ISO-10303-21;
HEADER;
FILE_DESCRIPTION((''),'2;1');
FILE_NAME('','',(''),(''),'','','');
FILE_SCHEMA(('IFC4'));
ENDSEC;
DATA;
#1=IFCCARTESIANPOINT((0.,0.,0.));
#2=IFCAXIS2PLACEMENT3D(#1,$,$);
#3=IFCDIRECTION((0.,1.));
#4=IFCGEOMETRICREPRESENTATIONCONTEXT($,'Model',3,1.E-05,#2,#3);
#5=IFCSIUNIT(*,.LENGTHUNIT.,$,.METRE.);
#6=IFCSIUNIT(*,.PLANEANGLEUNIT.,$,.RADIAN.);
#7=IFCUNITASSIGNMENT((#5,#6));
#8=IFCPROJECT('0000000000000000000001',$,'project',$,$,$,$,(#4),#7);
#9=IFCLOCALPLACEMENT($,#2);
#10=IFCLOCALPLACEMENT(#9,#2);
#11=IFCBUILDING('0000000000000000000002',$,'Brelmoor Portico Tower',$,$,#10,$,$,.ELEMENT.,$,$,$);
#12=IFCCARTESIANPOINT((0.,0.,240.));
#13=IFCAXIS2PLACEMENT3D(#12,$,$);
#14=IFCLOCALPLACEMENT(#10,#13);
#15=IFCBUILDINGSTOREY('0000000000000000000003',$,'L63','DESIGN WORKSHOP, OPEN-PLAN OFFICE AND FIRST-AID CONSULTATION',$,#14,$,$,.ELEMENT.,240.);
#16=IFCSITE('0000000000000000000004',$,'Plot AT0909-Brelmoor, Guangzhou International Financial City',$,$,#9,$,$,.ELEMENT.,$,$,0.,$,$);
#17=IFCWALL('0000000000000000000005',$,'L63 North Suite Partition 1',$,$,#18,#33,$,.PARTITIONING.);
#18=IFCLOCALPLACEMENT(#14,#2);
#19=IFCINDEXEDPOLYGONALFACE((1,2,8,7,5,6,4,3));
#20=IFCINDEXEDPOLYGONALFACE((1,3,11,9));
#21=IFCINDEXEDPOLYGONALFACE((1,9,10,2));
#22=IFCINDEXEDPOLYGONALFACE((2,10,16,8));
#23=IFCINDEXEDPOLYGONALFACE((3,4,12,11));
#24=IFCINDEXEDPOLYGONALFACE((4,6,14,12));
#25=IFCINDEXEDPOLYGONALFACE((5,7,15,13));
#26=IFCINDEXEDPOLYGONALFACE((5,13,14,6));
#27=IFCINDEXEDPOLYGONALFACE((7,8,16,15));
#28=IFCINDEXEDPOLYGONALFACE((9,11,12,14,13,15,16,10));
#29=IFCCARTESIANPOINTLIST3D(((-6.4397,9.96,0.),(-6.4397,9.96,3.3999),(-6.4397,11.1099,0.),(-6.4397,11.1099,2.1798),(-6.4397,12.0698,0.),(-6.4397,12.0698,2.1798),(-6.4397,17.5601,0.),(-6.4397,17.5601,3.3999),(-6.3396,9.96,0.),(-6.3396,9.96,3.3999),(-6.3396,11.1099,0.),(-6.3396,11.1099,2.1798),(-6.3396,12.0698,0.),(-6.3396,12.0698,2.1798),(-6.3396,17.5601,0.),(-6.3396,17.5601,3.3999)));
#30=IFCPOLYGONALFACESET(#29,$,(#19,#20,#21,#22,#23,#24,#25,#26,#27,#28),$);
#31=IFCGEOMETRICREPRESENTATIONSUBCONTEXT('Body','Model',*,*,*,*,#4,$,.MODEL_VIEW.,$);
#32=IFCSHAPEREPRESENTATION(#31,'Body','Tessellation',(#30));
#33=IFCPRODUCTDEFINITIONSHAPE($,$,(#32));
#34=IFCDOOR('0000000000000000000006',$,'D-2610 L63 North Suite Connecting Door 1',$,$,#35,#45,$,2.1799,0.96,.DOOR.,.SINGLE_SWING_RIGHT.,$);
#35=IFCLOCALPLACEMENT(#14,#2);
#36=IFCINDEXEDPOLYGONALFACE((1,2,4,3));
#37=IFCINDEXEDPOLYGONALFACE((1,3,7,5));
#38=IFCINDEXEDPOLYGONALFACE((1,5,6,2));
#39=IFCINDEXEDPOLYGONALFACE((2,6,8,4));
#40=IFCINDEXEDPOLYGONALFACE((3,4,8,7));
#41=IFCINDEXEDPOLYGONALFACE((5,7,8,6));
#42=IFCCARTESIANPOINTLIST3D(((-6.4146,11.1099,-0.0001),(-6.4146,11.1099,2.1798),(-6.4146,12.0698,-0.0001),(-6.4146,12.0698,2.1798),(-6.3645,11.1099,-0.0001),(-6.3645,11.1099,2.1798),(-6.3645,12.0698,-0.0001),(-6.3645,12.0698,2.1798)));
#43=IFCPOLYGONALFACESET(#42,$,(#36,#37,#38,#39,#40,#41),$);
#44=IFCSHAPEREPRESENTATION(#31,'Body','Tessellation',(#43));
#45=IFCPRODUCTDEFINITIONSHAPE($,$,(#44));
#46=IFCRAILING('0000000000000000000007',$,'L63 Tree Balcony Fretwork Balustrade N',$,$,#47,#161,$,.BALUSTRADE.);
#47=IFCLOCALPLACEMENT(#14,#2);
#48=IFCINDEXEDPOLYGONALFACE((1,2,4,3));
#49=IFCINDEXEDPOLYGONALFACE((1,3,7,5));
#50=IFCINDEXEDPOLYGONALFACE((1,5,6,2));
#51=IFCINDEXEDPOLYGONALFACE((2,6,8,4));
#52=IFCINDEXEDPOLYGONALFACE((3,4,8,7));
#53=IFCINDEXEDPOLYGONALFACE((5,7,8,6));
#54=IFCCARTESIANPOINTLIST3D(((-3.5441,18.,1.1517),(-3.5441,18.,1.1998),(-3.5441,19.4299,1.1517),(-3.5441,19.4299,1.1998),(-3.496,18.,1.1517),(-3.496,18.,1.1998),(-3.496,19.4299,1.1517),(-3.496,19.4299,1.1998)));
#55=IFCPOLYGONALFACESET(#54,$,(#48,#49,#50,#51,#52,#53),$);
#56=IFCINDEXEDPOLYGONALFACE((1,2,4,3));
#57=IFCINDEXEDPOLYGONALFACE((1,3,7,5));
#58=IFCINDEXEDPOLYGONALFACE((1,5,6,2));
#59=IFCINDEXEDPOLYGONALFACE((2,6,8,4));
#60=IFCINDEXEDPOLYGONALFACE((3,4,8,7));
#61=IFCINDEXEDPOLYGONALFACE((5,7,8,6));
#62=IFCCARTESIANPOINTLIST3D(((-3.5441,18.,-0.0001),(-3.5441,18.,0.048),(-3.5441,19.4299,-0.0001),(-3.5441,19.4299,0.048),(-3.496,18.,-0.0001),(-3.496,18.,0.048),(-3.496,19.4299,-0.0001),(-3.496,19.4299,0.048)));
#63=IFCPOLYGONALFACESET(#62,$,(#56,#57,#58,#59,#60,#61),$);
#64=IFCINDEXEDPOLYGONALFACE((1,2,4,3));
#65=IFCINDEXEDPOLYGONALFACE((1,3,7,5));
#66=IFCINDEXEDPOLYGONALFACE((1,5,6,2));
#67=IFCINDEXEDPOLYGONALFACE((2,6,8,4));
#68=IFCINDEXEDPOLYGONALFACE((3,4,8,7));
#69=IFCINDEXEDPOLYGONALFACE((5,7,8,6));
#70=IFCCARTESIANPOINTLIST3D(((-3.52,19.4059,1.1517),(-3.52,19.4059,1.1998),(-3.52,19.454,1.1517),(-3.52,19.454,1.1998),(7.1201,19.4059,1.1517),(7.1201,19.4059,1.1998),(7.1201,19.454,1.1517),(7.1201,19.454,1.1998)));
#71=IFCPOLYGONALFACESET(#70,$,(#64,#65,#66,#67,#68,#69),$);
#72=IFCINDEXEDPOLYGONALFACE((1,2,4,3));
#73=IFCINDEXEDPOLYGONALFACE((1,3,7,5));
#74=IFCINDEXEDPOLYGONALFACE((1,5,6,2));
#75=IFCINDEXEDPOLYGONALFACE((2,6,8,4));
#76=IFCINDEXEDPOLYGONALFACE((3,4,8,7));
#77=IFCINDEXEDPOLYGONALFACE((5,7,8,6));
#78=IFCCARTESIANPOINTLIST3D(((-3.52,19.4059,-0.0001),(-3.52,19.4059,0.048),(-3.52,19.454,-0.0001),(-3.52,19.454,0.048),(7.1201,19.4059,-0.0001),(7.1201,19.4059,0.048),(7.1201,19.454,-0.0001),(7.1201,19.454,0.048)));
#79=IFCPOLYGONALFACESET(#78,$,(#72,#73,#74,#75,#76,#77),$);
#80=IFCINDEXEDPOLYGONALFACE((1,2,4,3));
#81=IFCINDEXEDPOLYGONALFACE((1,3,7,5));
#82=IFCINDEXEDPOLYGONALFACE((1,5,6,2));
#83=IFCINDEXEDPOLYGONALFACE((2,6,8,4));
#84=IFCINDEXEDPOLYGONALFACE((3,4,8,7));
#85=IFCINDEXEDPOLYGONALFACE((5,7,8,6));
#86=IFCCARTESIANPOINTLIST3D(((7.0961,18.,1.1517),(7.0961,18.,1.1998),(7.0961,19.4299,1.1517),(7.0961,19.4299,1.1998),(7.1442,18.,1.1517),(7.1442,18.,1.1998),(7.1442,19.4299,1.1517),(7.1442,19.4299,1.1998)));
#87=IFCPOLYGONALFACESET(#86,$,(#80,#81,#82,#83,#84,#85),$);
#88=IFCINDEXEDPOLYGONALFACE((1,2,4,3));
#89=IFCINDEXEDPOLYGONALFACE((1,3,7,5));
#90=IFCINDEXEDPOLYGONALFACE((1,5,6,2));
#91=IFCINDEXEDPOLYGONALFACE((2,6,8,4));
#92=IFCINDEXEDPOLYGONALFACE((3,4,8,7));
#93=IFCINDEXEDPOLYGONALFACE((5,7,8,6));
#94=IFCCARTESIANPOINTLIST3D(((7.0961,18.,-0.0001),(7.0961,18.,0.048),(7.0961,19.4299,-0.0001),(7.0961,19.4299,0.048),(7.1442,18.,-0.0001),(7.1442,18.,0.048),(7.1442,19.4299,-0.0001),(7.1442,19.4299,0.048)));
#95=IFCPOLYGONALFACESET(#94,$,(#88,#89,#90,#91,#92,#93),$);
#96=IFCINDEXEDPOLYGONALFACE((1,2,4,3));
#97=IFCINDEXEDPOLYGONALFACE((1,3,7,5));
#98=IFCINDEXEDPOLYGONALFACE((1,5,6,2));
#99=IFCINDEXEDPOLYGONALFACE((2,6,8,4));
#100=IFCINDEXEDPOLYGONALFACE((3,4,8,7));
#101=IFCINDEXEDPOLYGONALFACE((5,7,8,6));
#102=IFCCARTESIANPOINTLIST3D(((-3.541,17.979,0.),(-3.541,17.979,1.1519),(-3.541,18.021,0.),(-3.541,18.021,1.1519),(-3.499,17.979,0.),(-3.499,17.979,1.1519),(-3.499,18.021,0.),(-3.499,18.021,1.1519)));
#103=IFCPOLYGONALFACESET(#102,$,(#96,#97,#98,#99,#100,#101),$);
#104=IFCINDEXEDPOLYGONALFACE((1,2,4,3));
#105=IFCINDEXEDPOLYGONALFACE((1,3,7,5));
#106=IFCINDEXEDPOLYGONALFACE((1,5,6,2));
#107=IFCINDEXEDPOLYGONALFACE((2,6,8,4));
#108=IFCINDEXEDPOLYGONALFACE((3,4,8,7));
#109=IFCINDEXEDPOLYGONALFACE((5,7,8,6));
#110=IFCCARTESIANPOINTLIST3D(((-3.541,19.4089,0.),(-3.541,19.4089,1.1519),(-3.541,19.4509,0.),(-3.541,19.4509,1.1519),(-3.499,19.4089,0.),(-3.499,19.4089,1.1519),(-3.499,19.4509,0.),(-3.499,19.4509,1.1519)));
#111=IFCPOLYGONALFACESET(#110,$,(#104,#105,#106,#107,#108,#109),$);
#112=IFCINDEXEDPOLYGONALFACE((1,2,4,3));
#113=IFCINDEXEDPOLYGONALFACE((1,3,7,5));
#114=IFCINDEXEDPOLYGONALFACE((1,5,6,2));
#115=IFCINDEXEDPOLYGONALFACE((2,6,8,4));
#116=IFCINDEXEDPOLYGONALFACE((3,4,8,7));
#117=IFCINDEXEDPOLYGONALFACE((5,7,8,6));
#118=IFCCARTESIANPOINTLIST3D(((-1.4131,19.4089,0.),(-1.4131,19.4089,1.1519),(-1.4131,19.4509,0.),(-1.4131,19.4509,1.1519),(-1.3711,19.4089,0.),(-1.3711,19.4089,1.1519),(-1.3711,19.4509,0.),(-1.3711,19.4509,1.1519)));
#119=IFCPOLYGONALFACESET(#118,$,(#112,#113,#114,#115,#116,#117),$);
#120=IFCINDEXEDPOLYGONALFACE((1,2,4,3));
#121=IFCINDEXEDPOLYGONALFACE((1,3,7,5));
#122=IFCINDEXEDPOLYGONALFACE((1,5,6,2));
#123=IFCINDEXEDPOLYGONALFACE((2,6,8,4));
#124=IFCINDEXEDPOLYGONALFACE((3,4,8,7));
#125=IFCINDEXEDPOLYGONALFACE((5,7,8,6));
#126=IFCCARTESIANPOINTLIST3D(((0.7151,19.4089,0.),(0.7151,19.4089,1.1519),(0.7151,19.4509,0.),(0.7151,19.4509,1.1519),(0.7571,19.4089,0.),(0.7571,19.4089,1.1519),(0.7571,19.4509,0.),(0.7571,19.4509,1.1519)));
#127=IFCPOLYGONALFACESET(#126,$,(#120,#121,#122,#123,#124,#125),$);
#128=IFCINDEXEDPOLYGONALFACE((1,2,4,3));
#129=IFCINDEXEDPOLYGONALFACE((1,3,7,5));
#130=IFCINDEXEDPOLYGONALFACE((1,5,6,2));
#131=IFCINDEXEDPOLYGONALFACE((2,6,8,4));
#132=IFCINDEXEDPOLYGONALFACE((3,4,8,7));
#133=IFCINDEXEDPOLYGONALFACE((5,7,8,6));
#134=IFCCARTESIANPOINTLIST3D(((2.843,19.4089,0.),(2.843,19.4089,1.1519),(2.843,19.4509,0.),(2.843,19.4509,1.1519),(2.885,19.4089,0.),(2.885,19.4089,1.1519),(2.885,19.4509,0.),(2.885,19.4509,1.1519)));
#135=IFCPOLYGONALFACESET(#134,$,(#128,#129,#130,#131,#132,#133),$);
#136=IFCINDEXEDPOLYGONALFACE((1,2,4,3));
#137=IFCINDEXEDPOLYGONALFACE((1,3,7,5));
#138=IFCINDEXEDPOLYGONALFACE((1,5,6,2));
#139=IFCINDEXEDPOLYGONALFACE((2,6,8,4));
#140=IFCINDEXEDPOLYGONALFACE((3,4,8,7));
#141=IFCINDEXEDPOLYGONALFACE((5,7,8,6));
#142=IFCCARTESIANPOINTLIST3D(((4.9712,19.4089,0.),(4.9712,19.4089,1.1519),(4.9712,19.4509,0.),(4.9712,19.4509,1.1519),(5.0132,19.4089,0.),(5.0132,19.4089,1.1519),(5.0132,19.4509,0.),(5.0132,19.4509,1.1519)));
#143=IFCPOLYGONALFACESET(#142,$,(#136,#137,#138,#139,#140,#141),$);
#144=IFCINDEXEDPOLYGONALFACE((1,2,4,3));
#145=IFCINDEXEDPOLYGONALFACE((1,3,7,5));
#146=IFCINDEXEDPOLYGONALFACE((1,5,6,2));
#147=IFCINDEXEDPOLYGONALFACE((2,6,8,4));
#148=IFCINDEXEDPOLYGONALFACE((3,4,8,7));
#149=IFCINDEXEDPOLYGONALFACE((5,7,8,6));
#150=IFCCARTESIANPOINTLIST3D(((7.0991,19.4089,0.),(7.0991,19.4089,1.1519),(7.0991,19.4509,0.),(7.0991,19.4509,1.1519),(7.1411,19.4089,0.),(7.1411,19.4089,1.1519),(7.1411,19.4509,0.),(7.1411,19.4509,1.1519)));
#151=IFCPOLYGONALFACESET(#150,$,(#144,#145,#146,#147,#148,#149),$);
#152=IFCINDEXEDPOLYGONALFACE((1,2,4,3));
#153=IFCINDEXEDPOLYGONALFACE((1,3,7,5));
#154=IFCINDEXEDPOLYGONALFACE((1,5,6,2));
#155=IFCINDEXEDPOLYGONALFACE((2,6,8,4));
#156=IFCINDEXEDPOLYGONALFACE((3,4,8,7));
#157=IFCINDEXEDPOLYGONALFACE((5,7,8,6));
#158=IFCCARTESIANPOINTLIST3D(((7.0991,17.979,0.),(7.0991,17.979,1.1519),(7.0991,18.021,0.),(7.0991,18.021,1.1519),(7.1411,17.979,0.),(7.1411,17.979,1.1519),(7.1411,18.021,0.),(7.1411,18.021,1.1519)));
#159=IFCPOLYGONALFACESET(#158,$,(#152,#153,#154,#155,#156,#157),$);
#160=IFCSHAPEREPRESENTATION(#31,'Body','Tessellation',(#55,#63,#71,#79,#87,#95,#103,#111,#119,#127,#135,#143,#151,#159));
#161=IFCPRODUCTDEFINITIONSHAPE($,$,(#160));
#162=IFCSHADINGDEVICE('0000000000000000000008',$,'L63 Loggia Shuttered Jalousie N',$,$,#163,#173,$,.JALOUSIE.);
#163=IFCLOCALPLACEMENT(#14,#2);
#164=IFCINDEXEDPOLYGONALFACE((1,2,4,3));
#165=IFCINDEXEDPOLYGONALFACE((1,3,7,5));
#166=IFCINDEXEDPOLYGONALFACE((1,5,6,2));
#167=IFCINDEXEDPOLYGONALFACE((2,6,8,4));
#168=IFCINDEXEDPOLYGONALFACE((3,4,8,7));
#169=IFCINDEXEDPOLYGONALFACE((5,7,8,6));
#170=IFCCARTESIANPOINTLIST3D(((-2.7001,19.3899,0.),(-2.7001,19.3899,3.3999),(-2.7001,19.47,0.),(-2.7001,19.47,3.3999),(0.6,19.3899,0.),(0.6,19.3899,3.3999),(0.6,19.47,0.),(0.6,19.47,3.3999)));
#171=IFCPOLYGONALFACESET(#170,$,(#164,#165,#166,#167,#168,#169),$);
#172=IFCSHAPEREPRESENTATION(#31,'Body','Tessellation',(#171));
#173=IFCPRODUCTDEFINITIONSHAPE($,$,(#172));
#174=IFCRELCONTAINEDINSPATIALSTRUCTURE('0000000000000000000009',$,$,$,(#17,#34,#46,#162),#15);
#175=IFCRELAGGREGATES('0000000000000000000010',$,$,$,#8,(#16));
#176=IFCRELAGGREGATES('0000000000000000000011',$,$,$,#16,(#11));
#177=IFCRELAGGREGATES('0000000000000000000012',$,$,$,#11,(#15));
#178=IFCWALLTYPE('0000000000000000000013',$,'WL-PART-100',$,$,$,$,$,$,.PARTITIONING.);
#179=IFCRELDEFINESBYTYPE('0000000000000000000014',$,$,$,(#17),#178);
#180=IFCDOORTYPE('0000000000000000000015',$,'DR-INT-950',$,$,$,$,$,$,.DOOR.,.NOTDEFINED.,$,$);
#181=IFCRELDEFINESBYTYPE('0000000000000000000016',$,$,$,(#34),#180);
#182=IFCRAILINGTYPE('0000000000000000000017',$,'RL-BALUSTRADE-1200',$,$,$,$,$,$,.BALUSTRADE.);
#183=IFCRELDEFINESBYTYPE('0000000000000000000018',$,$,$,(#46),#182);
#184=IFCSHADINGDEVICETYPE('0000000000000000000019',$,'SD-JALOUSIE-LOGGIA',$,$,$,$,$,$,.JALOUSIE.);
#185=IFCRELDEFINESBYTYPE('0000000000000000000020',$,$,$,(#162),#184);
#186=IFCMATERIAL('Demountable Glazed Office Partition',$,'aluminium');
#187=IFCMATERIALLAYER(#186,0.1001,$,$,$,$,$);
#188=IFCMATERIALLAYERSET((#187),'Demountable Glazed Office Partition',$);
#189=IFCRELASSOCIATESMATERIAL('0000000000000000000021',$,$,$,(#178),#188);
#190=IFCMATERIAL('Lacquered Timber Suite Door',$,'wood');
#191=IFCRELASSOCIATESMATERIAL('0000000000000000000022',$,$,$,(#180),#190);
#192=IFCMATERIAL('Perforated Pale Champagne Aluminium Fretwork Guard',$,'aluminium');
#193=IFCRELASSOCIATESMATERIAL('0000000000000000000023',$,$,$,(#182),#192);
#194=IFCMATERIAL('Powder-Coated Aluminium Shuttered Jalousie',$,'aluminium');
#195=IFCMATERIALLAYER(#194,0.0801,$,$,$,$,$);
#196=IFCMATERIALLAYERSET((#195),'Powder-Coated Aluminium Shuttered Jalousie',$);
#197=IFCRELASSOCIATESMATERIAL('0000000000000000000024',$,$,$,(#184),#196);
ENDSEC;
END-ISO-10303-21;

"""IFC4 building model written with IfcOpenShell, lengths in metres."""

from ifc_helpers import new_model, si_unit, direction, frame, frame_2d, origin, origin_2d, place, context, subcontext, project, spatial, rectangle, extrude, material, layer, layer_set, type_object, element, fill, save


model = new_model("IFC4")

# Units and contexts
model_context = context("Model", 3, precision=1e-05, world=origin(), true_north=direction((0.0, 1.0)))
body_context = subcontext(model_context, "Body", "Model", "MODEL_VIEW")
ifc_project = project(units=[si_unit("LENGTHUNIT", "METRE"), si_unit("PLANEANGLEUNIT", "RADIAN")], contexts=[model_context])

# Site, building, storey
site_placement = place(None, origin())
site = spatial("IfcSite", under=ifc_project, at=site_placement, Name="Plot AT0909-Brelmoor, Guangzhou International Financial City", CompositionType="ELEMENT", RefElevation=0.0)
building_placement = place(site_placement, origin())
building = spatial("IfcBuilding", under=site, at=building_placement, Name="Brelmoor Portico Tower", CompositionType="ELEMENT")
storey_placement = place(building_placement, frame((0.0, 0.0, 240.0)))
storey = spatial("IfcBuildingStorey", under=building, at=storey_placement, Name="L63", Description="DESIGN WORKSHOP, OPEN-PLAN OFFICE AND FIRST-AID CONSULTATION", CompositionType="ELEMENT", Elevation=240.0)

# Wall, opening, door
ifc_material_1 = material(Name="Demountable Glazed Office Partition", Category="aluminium")
ifc_layer_1 = layer(ifc_material_1, 0.1001)
ifc_layer_set_1 = layer_set([ifc_layer_1], Name="Demountable Glazed Office Partition")
wall_type_1 = type_object("IfcWallType", Name="WL-PART-100", PredefinedType="PARTITIONING", material=ifc_layer_set_1)
wall_1_placement = place(storey_placement, frame((-6.3896, 9.96, 0.0), z_axis=(0.0, 0.0, 1.0), x_axis=(0.0, 1.0, 0.0)))
wall_1 = element("IfcWall", 1, at=wall_1_placement, inside=storey, type_object=wall_type_1, Name="L63 North Suite Partition 1", PredefinedType="PARTITIONING", context=body_context, shape_type="SweptSolid", body=[
    extrude(rectangle(XDim=7.6001, YDim=0.1001, at=frame_2d((3.8, 0.0))), origin(), (0.0, 0.0, 1.0), 3.3999),
])
opening_1_placement = place(wall_1_placement, frame((1.1499, 0.0, 0.0)))
opening_1 = element("IfcOpeningElement", 2, at=opening_1_placement, cuts=wall_1, PredefinedType="OPENING", context=body_context, shape_type="SweptSolid", body=[
    extrude(rectangle(XDim=0.96, YDim=2.1799, at=frame_2d((0.48, 1.0898))), frame((0.0, 0.0601, 0.0), z_axis=(0.0, -1.0, 0.0), x_axis=(1.0, 0.0, 0.0)), (0.0, 0.0, 1.0), 0.1201),
])
ifc_material_2 = material(Name="Lacquered Timber Suite Door", Category="wood")
door_type_1 = type_object("IfcDoorType", Name="DR-INT-950", OperationType="NOTDEFINED", PredefinedType="DOOR", material=ifc_material_2)
door_1_placement = place(opening_1_placement, origin())
door_1 = element("IfcDoor", 3, at=door_1_placement, inside=storey, type_object=door_type_1, Name="D-2610 L63 North Suite Connecting Door 1", OperationType="SINGLE_SWING_RIGHT", OverallHeight=2.1799, OverallWidth=0.96, PredefinedType="DOOR", context=body_context, shape_type="SweptSolid", body=[
    extrude(rectangle(XDim=0.96, YDim=2.1799, at=frame_2d((0.48, 1.0898))), frame((0.0, 0.0249, 0.0), z_axis=(0.0, -1.0, 0.0), x_axis=(1.0, 0.0, 0.0)), (0.0, 0.0, 1.0), 0.05),
])
fill(opening_1, door_1)

# Railing
ifc_material_3 = material(Name="Perforated Pale Champagne Aluminium Fretwork Guard", Category="aluminium")
railing_type = type_object("IfcRailingType", Name="RL-BALUSTRADE-1200", PredefinedType="BALUSTRADE", material=ifc_material_3)
railing_placement = place(storey_placement, frame((-3.52, 18.0, 0.0)))
element("IfcRailing", 4, at=railing_placement, inside=storey, type_object=railing_type, Name="L63 Tree Balcony Fretwork Balustrade N", PredefinedType="BALUSTRADE", context=body_context, shape_type="SweptSolid", body=[
    extrude(rectangle(XDim=0.0481, YDim=0.0481, at=origin_2d()), frame((0.0, 0.0, 1.1758), z_axis=(0.0, 1.0, 0.0), x_axis=(-1.0, 0.0, 0.0)), (0.0, 0.0, 1.0), 1.4299),
    extrude(rectangle(XDim=0.0481, YDim=0.0481, at=origin_2d()), frame((0.0, 0.0, 0.0239), z_axis=(0.0, 1.0, 0.0), x_axis=(-1.0, 0.0, 0.0)), (0.0, 0.0, 1.0), 1.4299),
    extrude(rectangle(XDim=0.0481, YDim=0.0481, at=origin_2d()), frame((0.0, 1.4299, 1.1758), z_axis=(1.0, 0.0, 0.0), x_axis=(0.0, 1.0, 0.0)), (0.0, 0.0, 1.0), 10.6401),
    extrude(rectangle(XDim=0.0481, YDim=0.0481, at=origin_2d()), frame((0.0, 1.4299, 0.0239), z_axis=(1.0, 0.0, 0.0), x_axis=(0.0, 1.0, 0.0)), (0.0, 0.0, 1.0), 10.6401),
    extrude(rectangle(XDim=0.0481, YDim=0.0481, at=origin_2d()), frame((10.6401, 1.4299, 1.1758), z_axis=(0.0, -1.0, 0.0), x_axis=(1.0, 0.0, 0.0)), (0.0, 0.0, 1.0), 1.4299),
    extrude(rectangle(XDim=0.0481, YDim=0.0481, at=origin_2d()), frame((10.6401, 1.4299, 0.0239), z_axis=(0.0, -1.0, 0.0), x_axis=(1.0, 0.0, 0.0)), (0.0, 0.0, 1.0), 1.4299),
    extrude(rectangle(XDim=0.042, YDim=0.042, at=origin_2d()), origin(), (0.0, 0.0, 1.0), 1.1519),
    extrude(rectangle(XDim=0.042, YDim=0.042, at=origin_2d()), frame((0.0, 1.4299, 0.0)), (0.0, 0.0, 1.0), 1.1519),
    extrude(rectangle(XDim=0.042, YDim=0.042, at=origin_2d()), frame((2.1279, 1.4299, 0.0)), (0.0, 0.0, 1.0), 1.1519),
    extrude(rectangle(XDim=0.042, YDim=0.042, at=origin_2d()), frame((4.2561, 1.4299, 0.0)), (0.0, 0.0, 1.0), 1.1519),
    extrude(rectangle(XDim=0.042, YDim=0.042, at=origin_2d()), frame((6.384, 1.4299, 0.0)), (0.0, 0.0, 1.0), 1.1519),
    extrude(rectangle(XDim=0.042, YDim=0.042, at=origin_2d()), frame((8.5122, 1.4299, 0.0)), (0.0, 0.0, 1.0), 1.1519),
    extrude(rectangle(XDim=0.042, YDim=0.042, at=origin_2d()), frame((10.6401, 1.4299, 0.0)), (0.0, 0.0, 1.0), 1.1519),
    extrude(rectangle(XDim=0.042, YDim=0.042, at=origin_2d()), frame((10.6401, 0.0, 0.0)), (0.0, 0.0, 1.0), 1.1519),
])

# Shading device
ifc_material_4 = material(Name="Powder-Coated Aluminium Shuttered Jalousie", Category="aluminium")
ifc_layer_2 = layer(ifc_material_4, 0.0801)
ifc_layer_set_2 = layer_set([ifc_layer_2], Name="Powder-Coated Aluminium Shuttered Jalousie")
shading_device_type = type_object("IfcShadingDeviceType", Name="SD-JALOUSIE-LOGGIA", PredefinedType="JALOUSIE", material=ifc_layer_set_2)
shading_device_placement = place(storey_placement, frame((-1.05, 19.4299, 0.0), z_axis=(0.0, 0.0, 1.0), x_axis=(1.0, 0.0, 0.0)))
element("IfcShadingDevice", 5, at=shading_device_placement, inside=storey, type_object=shading_device_type, Name="L63 Loggia Shuttered Jalousie N", PredefinedType="JALOUSIE", context=body_context, shape_type="SweptSolid", body=[
    extrude(rectangle(XDim=3.3, YDim=0.0801, at=origin_2d()), origin(), (0.0, 0.0, 1.0), 3.3999),
])

save(model, "model.ifc")
